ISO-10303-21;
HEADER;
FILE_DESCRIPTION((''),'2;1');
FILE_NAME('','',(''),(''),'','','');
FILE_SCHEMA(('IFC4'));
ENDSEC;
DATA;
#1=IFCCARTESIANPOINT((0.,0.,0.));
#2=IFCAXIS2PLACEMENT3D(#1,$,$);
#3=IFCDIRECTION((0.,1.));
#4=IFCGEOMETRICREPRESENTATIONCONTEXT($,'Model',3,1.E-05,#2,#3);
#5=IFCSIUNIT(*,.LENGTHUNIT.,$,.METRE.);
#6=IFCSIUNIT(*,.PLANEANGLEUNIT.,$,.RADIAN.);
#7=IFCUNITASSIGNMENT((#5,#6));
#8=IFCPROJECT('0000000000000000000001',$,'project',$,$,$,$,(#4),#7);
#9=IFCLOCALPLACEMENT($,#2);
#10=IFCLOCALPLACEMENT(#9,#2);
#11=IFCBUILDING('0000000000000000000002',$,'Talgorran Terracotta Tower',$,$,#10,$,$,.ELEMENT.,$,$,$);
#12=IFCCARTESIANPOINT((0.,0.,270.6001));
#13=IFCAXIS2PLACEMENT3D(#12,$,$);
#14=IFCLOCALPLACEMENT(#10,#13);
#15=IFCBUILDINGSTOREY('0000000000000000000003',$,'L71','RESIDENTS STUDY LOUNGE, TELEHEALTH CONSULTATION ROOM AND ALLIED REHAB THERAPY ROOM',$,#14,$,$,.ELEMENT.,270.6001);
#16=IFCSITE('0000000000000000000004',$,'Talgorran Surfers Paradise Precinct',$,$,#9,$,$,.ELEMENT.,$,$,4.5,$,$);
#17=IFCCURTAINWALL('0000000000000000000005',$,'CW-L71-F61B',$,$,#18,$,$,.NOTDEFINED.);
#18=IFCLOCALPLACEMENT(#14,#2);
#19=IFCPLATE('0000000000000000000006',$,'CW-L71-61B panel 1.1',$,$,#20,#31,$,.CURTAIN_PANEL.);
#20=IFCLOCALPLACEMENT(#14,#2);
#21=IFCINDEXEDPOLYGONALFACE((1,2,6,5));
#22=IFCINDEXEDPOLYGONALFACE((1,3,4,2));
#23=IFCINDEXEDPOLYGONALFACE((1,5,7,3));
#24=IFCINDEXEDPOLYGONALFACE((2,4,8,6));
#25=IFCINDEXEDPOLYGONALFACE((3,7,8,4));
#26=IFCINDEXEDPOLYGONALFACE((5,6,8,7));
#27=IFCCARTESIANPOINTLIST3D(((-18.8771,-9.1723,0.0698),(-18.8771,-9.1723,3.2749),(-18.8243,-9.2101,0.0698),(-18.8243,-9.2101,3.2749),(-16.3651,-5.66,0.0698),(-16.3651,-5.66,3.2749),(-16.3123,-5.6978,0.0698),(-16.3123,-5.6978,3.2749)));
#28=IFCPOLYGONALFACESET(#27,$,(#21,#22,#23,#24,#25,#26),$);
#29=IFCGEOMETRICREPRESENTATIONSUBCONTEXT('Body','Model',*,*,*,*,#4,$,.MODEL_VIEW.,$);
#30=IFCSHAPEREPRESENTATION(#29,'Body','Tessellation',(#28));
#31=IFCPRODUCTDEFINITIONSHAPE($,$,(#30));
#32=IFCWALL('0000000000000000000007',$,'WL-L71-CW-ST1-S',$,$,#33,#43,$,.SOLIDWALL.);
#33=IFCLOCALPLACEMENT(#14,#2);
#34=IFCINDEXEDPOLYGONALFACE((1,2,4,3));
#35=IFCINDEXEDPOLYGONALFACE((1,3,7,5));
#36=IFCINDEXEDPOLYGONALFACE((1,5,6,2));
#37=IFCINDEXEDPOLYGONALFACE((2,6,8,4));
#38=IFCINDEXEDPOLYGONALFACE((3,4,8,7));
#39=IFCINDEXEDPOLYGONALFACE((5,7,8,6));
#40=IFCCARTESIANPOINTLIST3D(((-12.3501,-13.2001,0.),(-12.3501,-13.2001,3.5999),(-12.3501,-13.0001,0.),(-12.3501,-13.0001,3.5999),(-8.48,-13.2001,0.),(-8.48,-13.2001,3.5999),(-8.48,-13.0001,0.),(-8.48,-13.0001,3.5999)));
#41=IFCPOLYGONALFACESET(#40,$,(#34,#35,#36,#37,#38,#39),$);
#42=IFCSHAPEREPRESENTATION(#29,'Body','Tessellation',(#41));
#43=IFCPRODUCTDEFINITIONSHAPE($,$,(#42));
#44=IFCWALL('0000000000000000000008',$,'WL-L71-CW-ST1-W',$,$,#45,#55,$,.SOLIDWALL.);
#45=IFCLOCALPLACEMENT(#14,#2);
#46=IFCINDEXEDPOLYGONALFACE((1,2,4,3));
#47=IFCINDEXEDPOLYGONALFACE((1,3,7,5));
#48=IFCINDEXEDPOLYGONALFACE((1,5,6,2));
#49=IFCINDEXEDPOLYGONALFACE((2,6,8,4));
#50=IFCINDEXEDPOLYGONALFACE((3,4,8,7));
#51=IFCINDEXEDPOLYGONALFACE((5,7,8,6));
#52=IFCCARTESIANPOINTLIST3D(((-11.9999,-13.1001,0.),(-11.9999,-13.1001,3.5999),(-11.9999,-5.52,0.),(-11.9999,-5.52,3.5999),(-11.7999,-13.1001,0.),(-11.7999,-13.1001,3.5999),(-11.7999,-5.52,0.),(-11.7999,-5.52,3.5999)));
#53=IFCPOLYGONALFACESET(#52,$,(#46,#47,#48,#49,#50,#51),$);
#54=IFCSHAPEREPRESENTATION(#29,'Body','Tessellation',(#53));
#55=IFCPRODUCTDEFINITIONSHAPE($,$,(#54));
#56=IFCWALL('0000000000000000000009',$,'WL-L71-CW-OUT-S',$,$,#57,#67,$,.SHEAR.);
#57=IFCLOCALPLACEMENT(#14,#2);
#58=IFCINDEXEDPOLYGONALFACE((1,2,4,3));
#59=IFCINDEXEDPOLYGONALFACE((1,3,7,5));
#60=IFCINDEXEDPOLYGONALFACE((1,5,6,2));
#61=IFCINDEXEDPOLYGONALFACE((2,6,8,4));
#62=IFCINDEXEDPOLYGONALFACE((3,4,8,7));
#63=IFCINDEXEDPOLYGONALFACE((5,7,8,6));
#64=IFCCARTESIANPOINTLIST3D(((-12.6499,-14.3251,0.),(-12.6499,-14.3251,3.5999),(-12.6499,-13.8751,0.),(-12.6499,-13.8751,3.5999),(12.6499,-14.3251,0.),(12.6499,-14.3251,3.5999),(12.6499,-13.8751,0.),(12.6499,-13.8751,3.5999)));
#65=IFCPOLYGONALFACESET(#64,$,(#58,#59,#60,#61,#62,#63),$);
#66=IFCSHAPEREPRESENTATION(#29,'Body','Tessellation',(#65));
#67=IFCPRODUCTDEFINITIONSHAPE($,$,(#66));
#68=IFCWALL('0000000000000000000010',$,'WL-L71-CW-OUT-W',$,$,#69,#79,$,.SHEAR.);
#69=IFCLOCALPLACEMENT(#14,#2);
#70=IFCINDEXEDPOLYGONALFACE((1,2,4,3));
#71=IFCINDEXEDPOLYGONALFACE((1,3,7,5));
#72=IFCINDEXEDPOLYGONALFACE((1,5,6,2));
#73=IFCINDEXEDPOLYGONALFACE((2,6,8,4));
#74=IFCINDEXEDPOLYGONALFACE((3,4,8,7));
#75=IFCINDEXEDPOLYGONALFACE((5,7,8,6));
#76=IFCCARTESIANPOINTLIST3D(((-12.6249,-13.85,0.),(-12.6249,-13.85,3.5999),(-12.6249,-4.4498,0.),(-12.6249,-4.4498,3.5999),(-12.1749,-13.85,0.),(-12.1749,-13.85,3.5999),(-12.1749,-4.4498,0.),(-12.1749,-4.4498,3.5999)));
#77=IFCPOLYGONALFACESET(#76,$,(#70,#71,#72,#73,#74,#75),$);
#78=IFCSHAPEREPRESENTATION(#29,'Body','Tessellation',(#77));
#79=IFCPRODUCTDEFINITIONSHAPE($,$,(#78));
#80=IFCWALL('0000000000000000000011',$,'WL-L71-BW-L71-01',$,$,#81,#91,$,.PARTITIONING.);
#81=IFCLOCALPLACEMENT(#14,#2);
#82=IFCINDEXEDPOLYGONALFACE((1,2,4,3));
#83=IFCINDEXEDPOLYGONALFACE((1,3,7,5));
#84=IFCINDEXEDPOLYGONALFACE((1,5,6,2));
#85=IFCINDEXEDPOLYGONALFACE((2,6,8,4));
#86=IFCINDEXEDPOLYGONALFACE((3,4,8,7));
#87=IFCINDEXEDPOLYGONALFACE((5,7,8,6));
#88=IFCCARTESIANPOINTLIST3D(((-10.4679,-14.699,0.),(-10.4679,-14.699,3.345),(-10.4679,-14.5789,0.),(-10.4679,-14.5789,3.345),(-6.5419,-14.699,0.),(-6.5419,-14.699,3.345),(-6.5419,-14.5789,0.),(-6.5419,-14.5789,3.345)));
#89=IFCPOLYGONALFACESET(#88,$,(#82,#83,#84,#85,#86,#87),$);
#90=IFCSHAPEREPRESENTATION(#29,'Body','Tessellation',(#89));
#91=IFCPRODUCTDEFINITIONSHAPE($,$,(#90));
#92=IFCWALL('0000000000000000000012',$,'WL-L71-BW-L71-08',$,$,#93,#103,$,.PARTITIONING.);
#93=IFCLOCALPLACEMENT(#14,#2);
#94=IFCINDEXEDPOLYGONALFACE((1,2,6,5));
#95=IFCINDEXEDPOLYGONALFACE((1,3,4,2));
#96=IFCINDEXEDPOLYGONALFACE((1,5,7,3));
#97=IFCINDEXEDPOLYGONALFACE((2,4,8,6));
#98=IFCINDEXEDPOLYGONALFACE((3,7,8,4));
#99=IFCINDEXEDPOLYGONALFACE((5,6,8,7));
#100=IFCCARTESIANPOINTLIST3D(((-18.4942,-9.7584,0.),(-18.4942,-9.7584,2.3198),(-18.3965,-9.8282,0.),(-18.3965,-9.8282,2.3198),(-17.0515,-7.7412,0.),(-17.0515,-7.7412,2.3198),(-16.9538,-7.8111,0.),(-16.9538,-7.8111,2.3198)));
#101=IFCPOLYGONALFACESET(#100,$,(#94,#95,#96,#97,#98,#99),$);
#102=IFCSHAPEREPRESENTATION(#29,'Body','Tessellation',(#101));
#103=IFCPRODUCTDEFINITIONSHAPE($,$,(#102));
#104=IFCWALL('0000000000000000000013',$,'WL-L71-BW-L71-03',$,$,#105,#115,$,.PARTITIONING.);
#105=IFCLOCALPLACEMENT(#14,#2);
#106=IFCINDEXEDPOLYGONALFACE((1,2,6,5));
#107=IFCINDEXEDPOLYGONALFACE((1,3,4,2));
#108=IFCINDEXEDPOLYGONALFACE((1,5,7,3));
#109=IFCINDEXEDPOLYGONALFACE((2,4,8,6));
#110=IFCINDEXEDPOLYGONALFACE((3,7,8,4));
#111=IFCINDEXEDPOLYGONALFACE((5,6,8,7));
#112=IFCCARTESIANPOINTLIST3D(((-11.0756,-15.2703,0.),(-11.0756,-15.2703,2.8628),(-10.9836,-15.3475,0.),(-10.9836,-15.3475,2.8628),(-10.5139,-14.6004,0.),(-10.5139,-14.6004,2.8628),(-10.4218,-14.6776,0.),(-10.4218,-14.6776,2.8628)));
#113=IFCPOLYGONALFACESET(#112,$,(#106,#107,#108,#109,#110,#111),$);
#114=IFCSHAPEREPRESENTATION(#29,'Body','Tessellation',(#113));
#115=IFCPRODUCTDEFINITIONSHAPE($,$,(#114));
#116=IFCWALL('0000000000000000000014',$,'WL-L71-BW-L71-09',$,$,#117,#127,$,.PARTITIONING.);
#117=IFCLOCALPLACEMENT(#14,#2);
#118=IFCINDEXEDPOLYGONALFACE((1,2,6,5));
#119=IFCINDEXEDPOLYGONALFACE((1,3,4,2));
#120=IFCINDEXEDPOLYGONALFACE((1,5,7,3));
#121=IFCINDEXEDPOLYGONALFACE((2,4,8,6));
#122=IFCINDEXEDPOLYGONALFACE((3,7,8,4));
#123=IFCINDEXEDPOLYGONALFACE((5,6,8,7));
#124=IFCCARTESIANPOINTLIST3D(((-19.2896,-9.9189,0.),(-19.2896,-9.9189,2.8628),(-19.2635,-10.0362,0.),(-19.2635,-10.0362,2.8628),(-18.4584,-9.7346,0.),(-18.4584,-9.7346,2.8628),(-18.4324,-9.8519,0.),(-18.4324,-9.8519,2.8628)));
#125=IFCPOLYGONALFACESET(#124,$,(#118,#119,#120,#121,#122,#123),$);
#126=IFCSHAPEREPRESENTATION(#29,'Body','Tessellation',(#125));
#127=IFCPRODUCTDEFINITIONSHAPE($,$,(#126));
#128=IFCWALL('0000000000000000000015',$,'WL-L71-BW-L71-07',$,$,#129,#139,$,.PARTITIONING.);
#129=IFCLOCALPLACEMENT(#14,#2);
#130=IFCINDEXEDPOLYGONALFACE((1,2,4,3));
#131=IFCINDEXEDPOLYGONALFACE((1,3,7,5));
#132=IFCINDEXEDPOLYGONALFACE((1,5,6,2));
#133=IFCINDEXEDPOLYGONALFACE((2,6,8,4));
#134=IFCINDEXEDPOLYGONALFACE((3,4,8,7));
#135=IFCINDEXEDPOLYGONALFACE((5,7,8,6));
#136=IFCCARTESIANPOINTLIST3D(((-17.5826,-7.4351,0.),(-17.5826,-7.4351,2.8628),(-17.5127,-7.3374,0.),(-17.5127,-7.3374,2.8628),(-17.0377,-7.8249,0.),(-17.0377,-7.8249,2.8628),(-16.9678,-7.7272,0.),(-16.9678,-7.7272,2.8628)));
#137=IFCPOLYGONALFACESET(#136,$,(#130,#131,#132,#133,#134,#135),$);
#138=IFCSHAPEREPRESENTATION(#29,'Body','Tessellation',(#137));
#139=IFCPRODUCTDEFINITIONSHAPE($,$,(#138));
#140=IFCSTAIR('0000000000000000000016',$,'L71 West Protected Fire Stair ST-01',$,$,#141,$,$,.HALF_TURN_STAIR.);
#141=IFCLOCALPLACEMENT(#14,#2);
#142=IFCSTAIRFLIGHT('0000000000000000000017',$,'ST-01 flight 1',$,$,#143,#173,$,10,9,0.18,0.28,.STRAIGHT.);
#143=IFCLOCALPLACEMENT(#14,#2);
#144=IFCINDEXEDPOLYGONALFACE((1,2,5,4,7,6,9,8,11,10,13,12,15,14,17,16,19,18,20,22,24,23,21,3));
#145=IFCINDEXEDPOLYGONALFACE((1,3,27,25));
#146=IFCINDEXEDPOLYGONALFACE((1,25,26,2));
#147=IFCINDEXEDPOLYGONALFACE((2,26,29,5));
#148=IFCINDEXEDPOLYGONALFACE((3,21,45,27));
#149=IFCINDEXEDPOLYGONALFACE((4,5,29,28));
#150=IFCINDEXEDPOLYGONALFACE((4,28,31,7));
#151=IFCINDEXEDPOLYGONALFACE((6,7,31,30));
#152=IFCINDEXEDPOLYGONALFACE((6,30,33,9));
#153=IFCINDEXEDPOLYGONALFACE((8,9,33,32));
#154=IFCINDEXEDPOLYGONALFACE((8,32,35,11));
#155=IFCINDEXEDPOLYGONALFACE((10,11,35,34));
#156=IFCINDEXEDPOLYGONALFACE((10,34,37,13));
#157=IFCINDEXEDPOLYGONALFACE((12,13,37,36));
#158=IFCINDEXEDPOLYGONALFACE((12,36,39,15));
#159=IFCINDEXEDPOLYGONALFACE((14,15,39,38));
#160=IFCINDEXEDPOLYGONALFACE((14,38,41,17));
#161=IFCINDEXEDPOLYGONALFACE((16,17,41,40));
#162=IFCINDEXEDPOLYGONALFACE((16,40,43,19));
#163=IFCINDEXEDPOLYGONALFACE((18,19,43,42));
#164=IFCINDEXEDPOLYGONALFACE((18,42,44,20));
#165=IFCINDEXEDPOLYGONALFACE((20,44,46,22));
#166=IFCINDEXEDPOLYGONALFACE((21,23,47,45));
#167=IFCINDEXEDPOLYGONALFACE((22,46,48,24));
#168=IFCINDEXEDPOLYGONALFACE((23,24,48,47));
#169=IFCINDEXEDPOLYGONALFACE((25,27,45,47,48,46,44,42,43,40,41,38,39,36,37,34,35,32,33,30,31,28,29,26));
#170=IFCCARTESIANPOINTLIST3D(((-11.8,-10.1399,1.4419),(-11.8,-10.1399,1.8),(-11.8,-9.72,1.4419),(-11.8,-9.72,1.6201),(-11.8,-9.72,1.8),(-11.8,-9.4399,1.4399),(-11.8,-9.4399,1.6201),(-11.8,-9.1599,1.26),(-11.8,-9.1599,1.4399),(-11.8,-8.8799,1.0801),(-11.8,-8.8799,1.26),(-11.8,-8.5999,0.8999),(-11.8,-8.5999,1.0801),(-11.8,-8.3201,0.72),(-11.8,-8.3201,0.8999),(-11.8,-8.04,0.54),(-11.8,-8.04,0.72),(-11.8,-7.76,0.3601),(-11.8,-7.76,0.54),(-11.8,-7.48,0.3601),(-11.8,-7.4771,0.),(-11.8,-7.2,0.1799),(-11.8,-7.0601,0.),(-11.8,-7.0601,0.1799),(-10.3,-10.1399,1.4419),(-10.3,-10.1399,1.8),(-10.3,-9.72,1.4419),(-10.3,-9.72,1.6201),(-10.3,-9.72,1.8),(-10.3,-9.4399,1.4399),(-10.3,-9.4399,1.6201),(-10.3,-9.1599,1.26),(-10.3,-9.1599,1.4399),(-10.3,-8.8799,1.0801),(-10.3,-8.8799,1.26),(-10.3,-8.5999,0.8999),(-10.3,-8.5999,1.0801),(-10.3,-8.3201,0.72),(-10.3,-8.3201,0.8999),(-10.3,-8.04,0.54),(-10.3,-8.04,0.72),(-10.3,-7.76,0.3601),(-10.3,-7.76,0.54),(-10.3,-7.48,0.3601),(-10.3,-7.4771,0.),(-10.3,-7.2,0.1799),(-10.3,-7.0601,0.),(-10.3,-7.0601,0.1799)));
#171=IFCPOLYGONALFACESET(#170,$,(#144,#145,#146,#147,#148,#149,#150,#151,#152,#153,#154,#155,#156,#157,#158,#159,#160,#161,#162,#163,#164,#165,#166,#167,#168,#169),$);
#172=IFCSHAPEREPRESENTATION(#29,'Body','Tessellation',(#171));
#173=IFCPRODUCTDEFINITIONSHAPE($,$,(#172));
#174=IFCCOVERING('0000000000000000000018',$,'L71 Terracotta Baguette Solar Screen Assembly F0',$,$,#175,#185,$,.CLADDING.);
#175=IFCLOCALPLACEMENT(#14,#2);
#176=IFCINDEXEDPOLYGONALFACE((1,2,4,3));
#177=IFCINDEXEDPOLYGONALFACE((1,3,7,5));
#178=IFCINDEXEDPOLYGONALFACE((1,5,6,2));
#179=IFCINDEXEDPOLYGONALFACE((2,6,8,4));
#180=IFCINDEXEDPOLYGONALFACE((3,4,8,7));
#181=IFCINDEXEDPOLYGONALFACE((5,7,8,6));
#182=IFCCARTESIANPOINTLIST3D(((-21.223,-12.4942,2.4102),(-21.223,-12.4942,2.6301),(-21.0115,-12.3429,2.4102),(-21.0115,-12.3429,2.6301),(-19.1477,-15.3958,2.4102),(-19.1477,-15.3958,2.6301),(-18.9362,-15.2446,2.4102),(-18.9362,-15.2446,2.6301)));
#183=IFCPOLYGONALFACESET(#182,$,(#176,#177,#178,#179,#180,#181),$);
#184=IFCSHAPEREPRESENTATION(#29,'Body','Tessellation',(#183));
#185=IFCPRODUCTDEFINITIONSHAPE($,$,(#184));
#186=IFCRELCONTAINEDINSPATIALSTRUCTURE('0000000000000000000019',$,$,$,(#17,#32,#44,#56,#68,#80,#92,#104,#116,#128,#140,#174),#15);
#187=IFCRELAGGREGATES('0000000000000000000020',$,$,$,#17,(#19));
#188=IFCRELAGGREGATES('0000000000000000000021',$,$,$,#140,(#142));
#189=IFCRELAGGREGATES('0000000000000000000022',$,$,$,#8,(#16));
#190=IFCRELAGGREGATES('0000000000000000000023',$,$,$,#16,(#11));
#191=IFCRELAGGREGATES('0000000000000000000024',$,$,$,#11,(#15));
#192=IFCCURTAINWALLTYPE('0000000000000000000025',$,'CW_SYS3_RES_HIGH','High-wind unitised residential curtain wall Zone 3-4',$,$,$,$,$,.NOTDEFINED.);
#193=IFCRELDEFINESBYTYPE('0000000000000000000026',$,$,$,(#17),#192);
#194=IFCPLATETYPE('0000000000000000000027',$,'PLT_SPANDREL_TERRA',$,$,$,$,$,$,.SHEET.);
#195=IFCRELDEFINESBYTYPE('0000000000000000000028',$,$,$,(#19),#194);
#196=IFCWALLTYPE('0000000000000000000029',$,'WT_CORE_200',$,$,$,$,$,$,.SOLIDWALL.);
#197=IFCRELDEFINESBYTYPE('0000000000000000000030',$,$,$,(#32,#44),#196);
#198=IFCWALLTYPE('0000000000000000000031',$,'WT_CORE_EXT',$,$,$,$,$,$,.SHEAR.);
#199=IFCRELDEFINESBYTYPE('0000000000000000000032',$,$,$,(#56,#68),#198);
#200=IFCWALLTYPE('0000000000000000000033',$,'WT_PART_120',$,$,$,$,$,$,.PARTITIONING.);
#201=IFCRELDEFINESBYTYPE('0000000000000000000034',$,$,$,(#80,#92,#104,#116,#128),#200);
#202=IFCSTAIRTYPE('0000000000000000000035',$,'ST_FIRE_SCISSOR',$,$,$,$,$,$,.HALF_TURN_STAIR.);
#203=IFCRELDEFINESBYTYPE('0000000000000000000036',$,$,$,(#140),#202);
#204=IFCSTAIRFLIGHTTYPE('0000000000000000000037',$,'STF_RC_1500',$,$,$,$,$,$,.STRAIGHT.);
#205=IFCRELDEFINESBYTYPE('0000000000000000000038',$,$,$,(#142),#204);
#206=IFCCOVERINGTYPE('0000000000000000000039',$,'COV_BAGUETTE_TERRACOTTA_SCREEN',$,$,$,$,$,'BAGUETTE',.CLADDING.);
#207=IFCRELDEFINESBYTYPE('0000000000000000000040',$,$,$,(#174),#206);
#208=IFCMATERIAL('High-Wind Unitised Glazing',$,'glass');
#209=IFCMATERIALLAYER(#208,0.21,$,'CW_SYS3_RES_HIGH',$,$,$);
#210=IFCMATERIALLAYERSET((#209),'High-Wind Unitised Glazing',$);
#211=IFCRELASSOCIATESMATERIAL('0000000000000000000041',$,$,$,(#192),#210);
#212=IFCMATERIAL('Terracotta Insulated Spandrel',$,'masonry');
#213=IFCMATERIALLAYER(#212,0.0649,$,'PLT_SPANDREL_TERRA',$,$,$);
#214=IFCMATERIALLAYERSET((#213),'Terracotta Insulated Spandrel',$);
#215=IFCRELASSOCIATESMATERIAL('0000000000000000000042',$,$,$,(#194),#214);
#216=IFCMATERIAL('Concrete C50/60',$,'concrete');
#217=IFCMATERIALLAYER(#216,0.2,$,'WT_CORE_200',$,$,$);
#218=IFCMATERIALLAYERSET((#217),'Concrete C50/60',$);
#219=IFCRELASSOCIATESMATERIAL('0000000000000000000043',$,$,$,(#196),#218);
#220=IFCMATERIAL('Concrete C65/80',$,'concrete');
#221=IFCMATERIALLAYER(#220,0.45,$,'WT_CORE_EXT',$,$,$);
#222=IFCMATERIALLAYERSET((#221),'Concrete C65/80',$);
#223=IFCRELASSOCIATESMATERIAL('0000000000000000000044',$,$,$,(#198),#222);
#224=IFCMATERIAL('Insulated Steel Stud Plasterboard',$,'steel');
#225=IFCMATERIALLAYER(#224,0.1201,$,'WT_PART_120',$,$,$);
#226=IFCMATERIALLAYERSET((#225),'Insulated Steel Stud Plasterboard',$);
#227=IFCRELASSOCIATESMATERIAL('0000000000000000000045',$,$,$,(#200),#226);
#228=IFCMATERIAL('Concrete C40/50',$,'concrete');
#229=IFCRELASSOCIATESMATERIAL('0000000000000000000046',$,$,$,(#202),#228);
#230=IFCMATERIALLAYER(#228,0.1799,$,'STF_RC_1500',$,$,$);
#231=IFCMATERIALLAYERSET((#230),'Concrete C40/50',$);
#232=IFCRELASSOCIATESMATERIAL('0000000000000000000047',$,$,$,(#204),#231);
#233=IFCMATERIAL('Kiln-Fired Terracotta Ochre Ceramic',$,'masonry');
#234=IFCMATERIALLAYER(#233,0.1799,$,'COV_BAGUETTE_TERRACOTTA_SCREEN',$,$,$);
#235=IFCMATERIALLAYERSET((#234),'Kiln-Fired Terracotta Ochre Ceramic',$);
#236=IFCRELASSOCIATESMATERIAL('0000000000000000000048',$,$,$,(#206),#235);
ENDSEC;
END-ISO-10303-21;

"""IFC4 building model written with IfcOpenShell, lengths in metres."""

from ifc_helpers import new_model, si_unit, direction, frame, frame_2d, origin, origin_2d, place, context, subcontext, project, spatial, polyline, rectangle, outline, extrude, source, transform, mapped, material, layer, layer_set, type_object, type_shapes, element, aggregate, save


model = new_model("IFC4")

# Units and contexts
model_context = context("Model", 3, precision=1e-05, world=origin(), true_north=direction((0.0, 1.0)))
body_context = subcontext(model_context, "Body", "Model", "MODEL_VIEW")
ifc_project = project(units=[si_unit("LENGTHUNIT", "METRE"), si_unit("PLANEANGLEUNIT", "RADIAN")], contexts=[model_context])

# Site, building, storey
site_placement = place(None, origin())
site = spatial("IfcSite", under=ifc_project, at=site_placement, Name="Talgorran Surfers Paradise Precinct", CompositionType="ELEMENT", RefElevation=4.5)
building_placement = place(site_placement, origin())
building = spatial("IfcBuilding", under=site, at=building_placement, Name="Talgorran Terracotta Tower", CompositionType="ELEMENT")
storey_placement = place(building_placement, frame((0.0, 0.0, 270.6001)))
storey = spatial("IfcBuildingStorey", under=building, at=storey_placement, Name="L71", Description="RESIDENTS STUDY LOUNGE, TELEHEALTH CONSULTATION ROOM AND ALLIED REHAB THERAPY ROOM", CompositionType="ELEMENT", Elevation=270.6001)

# Shared definitions
ifc_material_1 = material(Name="High-Wind Unitised Glazing", Category="glass")
ifc_layer_1 = layer(ifc_material_1, 0.21, Name="CW_SYS3_RES_HIGH")
ifc_layer_set_1 = layer_set([ifc_layer_1], Name="High-Wind Unitised Glazing")
curtain_wall_type = type_object("IfcCurtainWallType", Name="CW_SYS3_RES_HIGH", Description="High-wind unitised residential curtain wall Zone 3-4", PredefinedType="NOTDEFINED", material=ifc_layer_set_1)

# Curtain wall
curtain_wall_1_placement = place(storey_placement, origin())
curtain_wall_1 = element("IfcCurtainWall", 1, at=curtain_wall_1_placement, inside=storey, type_object=curtain_wall_type, Name="CW-L71-F61B", PredefinedType="NOTDEFINED")

# Plate
ifc_material_2 = material(Name="Terracotta Insulated Spandrel", Category="masonry")
ifc_layer_2 = layer(ifc_material_2, 0.0649, Name="PLT_SPANDREL_TERRA")
ifc_layer_set_2 = layer_set([ifc_layer_2], Name="Terracotta Insulated Spandrel")
plate_type_1 = type_object("IfcPlateType", Name="PLT_SPANDREL_TERRA", PredefinedType="SHEET", material=ifc_layer_set_2)
shared_shape_1 = source(origin(), body_context, "Body", "SweptSolid", [
    extrude(rectangle(XDim=4.3181, YDim=0.0649, at=origin_2d()), origin(), (0.0, 0.0, 1.0), 3.2051),
])
type_shapes(plate_type_1, [shared_shape_1])
plate_1_placement = place(storey_placement, frame((-17.5947, -7.4351, 0.0698), z_axis=(0.0, 0.0, 1.0), x_axis=(-0.581732, -0.81338, 0.0)))
plate_1 = element("IfcPlate", 2, at=plate_1_placement, type_object=plate_type_1, Name="CW-L71-61B panel 1.1", PredefinedType="CURTAIN_PANEL", context=body_context, shape_type="MappedRepresentation", body=[
    mapped(shared_shape_1, transform((0.0, 0.0, 0.0), scale=1.0)),
])
aggregate(curtain_wall_1, [plate_1])

# Walls
ifc_material_3 = material(Name="Concrete C50/60", Category="concrete")
ifc_layer_3 = layer(ifc_material_3, 0.2, Name="WT_CORE_200")
ifc_layer_set_3 = layer_set([ifc_layer_3], Name="Concrete C50/60")
wall_type_1 = type_object("IfcWallType", Name="WT_CORE_200", PredefinedType="SOLIDWALL", material=ifc_layer_set_3)
wall_1_placement = place(storey_placement, frame((-12.3501, -13.1001, 0.0), z_axis=(0.0, 0.0, 1.0), x_axis=(1.0, 0.0, 0.0)))
element("IfcWall", 3, at=wall_1_placement, inside=storey, type_object=wall_type_1, Name="WL-L71-CW-ST1-S", PredefinedType="SOLIDWALL", context=body_context, shape_type="SweptSolid", body=[
    extrude(rectangle(XDim=3.8701, YDim=0.2, at=frame_2d((1.9351, 0.0))), origin(), (0.0, 0.0, 1.0), 3.5999),
])
wall_2_placement = place(storey_placement, frame((-11.8999, -13.1001, 0.0), z_axis=(0.0, 0.0, 1.0), x_axis=(0.0, 1.0, 0.0)))
element("IfcWall", 4, at=wall_2_placement, inside=storey, type_object=wall_type_1, Name="WL-L71-CW-ST1-W", PredefinedType="SOLIDWALL", context=body_context, shape_type="SweptSolid", body=[
    extrude(rectangle(XDim=7.5801, YDim=0.2, at=frame_2d((3.79, 0.0))), origin(), (0.0, 0.0, 1.0), 3.5999),
])
ifc_material_4 = material(Name="Concrete C65/80", Category="concrete")
ifc_layer_4 = layer(ifc_material_4, 0.45, Name="WT_CORE_EXT")
ifc_layer_set_4 = layer_set([ifc_layer_4], Name="Concrete C65/80")
wall_type_2 = type_object("IfcWallType", Name="WT_CORE_EXT", PredefinedType="SHEAR", material=ifc_layer_set_4)
wall_3_placement = place(storey_placement, frame((-12.6499, -14.1001, 0.0), z_axis=(0.0, 0.0, 1.0), x_axis=(1.0, 0.0, 0.0)))
element("IfcWall", 5, at=wall_3_placement, inside=storey, type_object=wall_type_2, Name="WL-L71-CW-OUT-S", PredefinedType="SHEAR", context=body_context, shape_type="SweptSolid", body=[
    extrude(rectangle(XDim=25.2998, YDim=0.45, at=frame_2d((12.6499, 0.0))), origin(), (0.0, 0.0, 1.0), 3.5999),
])
wall_4_placement = place(storey_placement, frame((-12.3999, -13.8501, 0.0), z_axis=(0.0, 0.0, 1.0), x_axis=(0.0, 1.0, 0.0)))
element("IfcWall", 6, at=wall_4_placement, inside=storey, type_object=wall_type_2, Name="WL-L71-CW-OUT-W", PredefinedType="SHEAR", context=body_context, shape_type="SweptSolid", body=[
    extrude(rectangle(XDim=9.4001, YDim=0.45, at=frame_2d((4.7002, 0.0))), origin(), (0.0, 0.0, 1.0), 3.5999),
])
ifc_material_5 = material(Name="Insulated Steel Stud Plasterboard", Category="steel")
ifc_layer_5 = layer(ifc_material_5, 0.1201, Name="WT_PART_120")
ifc_layer_set_5 = layer_set([ifc_layer_5], Name="Insulated Steel Stud Plasterboard")
wall_type_3 = type_object("IfcWallType", Name="WT_PART_120", PredefinedType="PARTITIONING", material=ifc_layer_set_5)
wall_5_placement = place(storey_placement, frame((-10.4678, -14.6389, 0.0), z_axis=(0.0, 0.0, 1.0), x_axis=(1.0, 0.0, 0.0)))
element("IfcWall", 7, at=wall_5_placement, inside=storey, type_object=wall_type_3, Name="WL-L71-BW-L71-01", PredefinedType="PARTITIONING", context=body_context, shape_type="SweptSolid", body=[
    extrude(rectangle(XDim=3.926, YDim=0.1201, at=frame_2d((1.9629, 0.0))), origin(), (0.0, 0.0, 1.0), 3.345),
])
wall_6_placement = place(storey_placement, frame((-17.0027, -7.7761, 0.0), z_axis=(0.0, 0.0, 1.0), x_axis=(-0.581732, -0.813381, 0.0)))
element("IfcWall", 8, at=wall_6_placement, inside=storey, type_object=wall_type_3, Name="WL-L71-BW-L71-08", PredefinedType="PARTITIONING", context=body_context, shape_type="SweptSolid", body=[
    extrude(rectangle(XDim=2.48, YDim=0.1201, at=frame_2d((1.24, 0.0))), origin(), (0.0, 0.0, 1.0), 2.3198),
])
wall_7_placement = place(storey_placement, frame((-11.0295, -15.3088, 0.0), z_axis=(0.0, 0.0, 1.0), x_axis=(0.642544, 0.766249, 0.0)))
element("IfcWall", 9, at=wall_7_placement, inside=storey, type_object=wall_type_3, Name="WL-L71-BW-L71-03", PredefinedType="PARTITIONING", context=body_context, shape_type="SweptSolid", body=[
    extrude(rectangle(XDim=0.8743, YDim=0.1201, at=frame_2d((0.437, 0.0))), origin(), (0.0, 0.0, 1.0), 2.8628),
])
wall_8_placement = place(storey_placement, frame((-18.4453, -9.7932, 0.0), z_axis=(0.0, 0.0, 1.0), x_axis=(-0.976275, -0.216536, 0.0)))
element("IfcWall", 10, at=wall_8_placement, inside=storey, type_object=wall_type_3, Name="WL-L71-BW-L71-09", PredefinedType="PARTITIONING", context=body_context, shape_type="SweptSolid", body=[
    extrude(rectangle(XDim=0.8513, YDim=0.1201, at=frame_2d((0.4258, 0.0))), origin(), (0.0, 0.0, 1.0), 2.8628),
])
wall_9_placement = place(storey_placement, frame((-17.5476, -7.3862, 0.0), z_axis=(0.0, 0.0, 1.0), x_axis=(0.813265, -0.581893, 0.0)))
element("IfcWall", 11, at=wall_9_placement, inside=storey, type_object=wall_type_3, Name="WL-L71-BW-L71-07", PredefinedType="PARTITIONING", context=body_context, shape_type="SweptSolid", body=[
    extrude(rectangle(XDim=0.6699, YDim=0.1201, at=frame_2d((0.335, 0.0))), origin(), (0.0, 0.0, 1.0), 2.8628),
])

# Stair, stair flight
ifc_material_6 = material(Name="Concrete C40/50", Category="concrete")
stair_type = type_object("IfcStairType", Name="ST_FIRE_SCISSOR", PredefinedType="HALF_TURN_STAIR", material=ifc_material_6)
stair_placement = place(storey_placement, origin())
stair = element("IfcStair", 12, at=stair_placement, inside=storey, type_object=stair_type, Name="L71 West Protected Fire Stair ST-01", PredefinedType="HALF_TURN_STAIR")
ifc_layer_6 = layer(ifc_material_6, 0.1799, Name="STF_RC_1500")
ifc_layer_set_6 = layer_set([ifc_layer_6], Name="Concrete C40/50")
stair_flight_type = type_object("IfcStairFlightType", Name="STF_RC_1500", PredefinedType="STRAIGHT", material=ifc_layer_set_6)
stair_flight_placement = place(storey_placement, frame((-11.05, -7.2, 0.0), z_axis=(0.0, 0.0, 1.0), x_axis=(0.0, -1.0, 0.0)))
stair_flight = element("IfcStairFlight", 13, at=stair_flight_placement, type_object=stair_flight_type, Name="ST-01 flight 1", NumberOfRisers=10, NumberOfTreads=9, PredefinedType="STRAIGHT", RiserHeight=0.18, TreadLength=0.28, context=body_context, shape_type="SweptSolid", body=[
    extrude(outline(polyline([(-0.1399, 0.0), (-0.1399, 0.1799), (0.0, 0.1799), (0.28, 0.3601), (0.5601, 0.3601), (0.5601, 0.54), (0.8401, 0.54), (0.8401, 0.72), (1.1201, 0.72), (1.1201, 0.8999), (1.3999, 0.8999), (1.3999, 1.0801), (1.6799, 1.0801), (1.6799, 1.26), (1.96, 1.26), (1.96, 1.4399), (2.24, 1.4399), (2.24, 1.6201), (2.52, 1.6201), (2.52, 1.8), (2.9399, 1.8), (2.9399, 1.4419), (2.52, 1.4419), (0.2771, 0.0), (-0.1399, 0.0)])), frame((0.0, 0.75, 0.0), z_axis=(0.0, -1.0, 0.0), x_axis=(1.0, 0.0, 0.0)), (0.0, 0.0, 1.0), 1.5),
])
aggregate(stair, [stair_flight])

# Covering
ifc_material_7 = material(Name="Kiln-Fired Terracotta Ochre Ceramic", Category="masonry")
ifc_layer_7 = layer(ifc_material_7, 0.1799, Name="COV_BAGUETTE_TERRACOTTA_SCREEN")
ifc_layer_set_7 = layer_set([ifc_layer_7], Name="Kiln-Fired Terracotta Ochre Ceramic")
covering_type_1 = type_object("IfcCoveringType", Name="COV_BAGUETTE_TERRACOTTA_SCREEN", ElementType="BAGUETTE", PredefinedType="CLADDING", material=ifc_layer_set_7)
covering_1_placement = place(storey_placement, frame((-20.0796, -13.8694, 2.4102), z_axis=(0.0, 0.0, 1.0), x_axis=(0.58174, -0.813375, 0.0)))
element("IfcCovering", 14, at=covering_1_placement, inside=storey, type_object=covering_type_1, Name="L71 Terracotta Baguette Solar Screen Assembly F0", PredefinedType="CLADDING", context=body_context, shape_type="SweptSolid", body=[
    extrude(rectangle(XDim=3.5674, YDim=0.26, at=origin_2d()), origin(), (0.0, 0.0, 1.0), 0.22),
])

save(model, "model.ifc")
